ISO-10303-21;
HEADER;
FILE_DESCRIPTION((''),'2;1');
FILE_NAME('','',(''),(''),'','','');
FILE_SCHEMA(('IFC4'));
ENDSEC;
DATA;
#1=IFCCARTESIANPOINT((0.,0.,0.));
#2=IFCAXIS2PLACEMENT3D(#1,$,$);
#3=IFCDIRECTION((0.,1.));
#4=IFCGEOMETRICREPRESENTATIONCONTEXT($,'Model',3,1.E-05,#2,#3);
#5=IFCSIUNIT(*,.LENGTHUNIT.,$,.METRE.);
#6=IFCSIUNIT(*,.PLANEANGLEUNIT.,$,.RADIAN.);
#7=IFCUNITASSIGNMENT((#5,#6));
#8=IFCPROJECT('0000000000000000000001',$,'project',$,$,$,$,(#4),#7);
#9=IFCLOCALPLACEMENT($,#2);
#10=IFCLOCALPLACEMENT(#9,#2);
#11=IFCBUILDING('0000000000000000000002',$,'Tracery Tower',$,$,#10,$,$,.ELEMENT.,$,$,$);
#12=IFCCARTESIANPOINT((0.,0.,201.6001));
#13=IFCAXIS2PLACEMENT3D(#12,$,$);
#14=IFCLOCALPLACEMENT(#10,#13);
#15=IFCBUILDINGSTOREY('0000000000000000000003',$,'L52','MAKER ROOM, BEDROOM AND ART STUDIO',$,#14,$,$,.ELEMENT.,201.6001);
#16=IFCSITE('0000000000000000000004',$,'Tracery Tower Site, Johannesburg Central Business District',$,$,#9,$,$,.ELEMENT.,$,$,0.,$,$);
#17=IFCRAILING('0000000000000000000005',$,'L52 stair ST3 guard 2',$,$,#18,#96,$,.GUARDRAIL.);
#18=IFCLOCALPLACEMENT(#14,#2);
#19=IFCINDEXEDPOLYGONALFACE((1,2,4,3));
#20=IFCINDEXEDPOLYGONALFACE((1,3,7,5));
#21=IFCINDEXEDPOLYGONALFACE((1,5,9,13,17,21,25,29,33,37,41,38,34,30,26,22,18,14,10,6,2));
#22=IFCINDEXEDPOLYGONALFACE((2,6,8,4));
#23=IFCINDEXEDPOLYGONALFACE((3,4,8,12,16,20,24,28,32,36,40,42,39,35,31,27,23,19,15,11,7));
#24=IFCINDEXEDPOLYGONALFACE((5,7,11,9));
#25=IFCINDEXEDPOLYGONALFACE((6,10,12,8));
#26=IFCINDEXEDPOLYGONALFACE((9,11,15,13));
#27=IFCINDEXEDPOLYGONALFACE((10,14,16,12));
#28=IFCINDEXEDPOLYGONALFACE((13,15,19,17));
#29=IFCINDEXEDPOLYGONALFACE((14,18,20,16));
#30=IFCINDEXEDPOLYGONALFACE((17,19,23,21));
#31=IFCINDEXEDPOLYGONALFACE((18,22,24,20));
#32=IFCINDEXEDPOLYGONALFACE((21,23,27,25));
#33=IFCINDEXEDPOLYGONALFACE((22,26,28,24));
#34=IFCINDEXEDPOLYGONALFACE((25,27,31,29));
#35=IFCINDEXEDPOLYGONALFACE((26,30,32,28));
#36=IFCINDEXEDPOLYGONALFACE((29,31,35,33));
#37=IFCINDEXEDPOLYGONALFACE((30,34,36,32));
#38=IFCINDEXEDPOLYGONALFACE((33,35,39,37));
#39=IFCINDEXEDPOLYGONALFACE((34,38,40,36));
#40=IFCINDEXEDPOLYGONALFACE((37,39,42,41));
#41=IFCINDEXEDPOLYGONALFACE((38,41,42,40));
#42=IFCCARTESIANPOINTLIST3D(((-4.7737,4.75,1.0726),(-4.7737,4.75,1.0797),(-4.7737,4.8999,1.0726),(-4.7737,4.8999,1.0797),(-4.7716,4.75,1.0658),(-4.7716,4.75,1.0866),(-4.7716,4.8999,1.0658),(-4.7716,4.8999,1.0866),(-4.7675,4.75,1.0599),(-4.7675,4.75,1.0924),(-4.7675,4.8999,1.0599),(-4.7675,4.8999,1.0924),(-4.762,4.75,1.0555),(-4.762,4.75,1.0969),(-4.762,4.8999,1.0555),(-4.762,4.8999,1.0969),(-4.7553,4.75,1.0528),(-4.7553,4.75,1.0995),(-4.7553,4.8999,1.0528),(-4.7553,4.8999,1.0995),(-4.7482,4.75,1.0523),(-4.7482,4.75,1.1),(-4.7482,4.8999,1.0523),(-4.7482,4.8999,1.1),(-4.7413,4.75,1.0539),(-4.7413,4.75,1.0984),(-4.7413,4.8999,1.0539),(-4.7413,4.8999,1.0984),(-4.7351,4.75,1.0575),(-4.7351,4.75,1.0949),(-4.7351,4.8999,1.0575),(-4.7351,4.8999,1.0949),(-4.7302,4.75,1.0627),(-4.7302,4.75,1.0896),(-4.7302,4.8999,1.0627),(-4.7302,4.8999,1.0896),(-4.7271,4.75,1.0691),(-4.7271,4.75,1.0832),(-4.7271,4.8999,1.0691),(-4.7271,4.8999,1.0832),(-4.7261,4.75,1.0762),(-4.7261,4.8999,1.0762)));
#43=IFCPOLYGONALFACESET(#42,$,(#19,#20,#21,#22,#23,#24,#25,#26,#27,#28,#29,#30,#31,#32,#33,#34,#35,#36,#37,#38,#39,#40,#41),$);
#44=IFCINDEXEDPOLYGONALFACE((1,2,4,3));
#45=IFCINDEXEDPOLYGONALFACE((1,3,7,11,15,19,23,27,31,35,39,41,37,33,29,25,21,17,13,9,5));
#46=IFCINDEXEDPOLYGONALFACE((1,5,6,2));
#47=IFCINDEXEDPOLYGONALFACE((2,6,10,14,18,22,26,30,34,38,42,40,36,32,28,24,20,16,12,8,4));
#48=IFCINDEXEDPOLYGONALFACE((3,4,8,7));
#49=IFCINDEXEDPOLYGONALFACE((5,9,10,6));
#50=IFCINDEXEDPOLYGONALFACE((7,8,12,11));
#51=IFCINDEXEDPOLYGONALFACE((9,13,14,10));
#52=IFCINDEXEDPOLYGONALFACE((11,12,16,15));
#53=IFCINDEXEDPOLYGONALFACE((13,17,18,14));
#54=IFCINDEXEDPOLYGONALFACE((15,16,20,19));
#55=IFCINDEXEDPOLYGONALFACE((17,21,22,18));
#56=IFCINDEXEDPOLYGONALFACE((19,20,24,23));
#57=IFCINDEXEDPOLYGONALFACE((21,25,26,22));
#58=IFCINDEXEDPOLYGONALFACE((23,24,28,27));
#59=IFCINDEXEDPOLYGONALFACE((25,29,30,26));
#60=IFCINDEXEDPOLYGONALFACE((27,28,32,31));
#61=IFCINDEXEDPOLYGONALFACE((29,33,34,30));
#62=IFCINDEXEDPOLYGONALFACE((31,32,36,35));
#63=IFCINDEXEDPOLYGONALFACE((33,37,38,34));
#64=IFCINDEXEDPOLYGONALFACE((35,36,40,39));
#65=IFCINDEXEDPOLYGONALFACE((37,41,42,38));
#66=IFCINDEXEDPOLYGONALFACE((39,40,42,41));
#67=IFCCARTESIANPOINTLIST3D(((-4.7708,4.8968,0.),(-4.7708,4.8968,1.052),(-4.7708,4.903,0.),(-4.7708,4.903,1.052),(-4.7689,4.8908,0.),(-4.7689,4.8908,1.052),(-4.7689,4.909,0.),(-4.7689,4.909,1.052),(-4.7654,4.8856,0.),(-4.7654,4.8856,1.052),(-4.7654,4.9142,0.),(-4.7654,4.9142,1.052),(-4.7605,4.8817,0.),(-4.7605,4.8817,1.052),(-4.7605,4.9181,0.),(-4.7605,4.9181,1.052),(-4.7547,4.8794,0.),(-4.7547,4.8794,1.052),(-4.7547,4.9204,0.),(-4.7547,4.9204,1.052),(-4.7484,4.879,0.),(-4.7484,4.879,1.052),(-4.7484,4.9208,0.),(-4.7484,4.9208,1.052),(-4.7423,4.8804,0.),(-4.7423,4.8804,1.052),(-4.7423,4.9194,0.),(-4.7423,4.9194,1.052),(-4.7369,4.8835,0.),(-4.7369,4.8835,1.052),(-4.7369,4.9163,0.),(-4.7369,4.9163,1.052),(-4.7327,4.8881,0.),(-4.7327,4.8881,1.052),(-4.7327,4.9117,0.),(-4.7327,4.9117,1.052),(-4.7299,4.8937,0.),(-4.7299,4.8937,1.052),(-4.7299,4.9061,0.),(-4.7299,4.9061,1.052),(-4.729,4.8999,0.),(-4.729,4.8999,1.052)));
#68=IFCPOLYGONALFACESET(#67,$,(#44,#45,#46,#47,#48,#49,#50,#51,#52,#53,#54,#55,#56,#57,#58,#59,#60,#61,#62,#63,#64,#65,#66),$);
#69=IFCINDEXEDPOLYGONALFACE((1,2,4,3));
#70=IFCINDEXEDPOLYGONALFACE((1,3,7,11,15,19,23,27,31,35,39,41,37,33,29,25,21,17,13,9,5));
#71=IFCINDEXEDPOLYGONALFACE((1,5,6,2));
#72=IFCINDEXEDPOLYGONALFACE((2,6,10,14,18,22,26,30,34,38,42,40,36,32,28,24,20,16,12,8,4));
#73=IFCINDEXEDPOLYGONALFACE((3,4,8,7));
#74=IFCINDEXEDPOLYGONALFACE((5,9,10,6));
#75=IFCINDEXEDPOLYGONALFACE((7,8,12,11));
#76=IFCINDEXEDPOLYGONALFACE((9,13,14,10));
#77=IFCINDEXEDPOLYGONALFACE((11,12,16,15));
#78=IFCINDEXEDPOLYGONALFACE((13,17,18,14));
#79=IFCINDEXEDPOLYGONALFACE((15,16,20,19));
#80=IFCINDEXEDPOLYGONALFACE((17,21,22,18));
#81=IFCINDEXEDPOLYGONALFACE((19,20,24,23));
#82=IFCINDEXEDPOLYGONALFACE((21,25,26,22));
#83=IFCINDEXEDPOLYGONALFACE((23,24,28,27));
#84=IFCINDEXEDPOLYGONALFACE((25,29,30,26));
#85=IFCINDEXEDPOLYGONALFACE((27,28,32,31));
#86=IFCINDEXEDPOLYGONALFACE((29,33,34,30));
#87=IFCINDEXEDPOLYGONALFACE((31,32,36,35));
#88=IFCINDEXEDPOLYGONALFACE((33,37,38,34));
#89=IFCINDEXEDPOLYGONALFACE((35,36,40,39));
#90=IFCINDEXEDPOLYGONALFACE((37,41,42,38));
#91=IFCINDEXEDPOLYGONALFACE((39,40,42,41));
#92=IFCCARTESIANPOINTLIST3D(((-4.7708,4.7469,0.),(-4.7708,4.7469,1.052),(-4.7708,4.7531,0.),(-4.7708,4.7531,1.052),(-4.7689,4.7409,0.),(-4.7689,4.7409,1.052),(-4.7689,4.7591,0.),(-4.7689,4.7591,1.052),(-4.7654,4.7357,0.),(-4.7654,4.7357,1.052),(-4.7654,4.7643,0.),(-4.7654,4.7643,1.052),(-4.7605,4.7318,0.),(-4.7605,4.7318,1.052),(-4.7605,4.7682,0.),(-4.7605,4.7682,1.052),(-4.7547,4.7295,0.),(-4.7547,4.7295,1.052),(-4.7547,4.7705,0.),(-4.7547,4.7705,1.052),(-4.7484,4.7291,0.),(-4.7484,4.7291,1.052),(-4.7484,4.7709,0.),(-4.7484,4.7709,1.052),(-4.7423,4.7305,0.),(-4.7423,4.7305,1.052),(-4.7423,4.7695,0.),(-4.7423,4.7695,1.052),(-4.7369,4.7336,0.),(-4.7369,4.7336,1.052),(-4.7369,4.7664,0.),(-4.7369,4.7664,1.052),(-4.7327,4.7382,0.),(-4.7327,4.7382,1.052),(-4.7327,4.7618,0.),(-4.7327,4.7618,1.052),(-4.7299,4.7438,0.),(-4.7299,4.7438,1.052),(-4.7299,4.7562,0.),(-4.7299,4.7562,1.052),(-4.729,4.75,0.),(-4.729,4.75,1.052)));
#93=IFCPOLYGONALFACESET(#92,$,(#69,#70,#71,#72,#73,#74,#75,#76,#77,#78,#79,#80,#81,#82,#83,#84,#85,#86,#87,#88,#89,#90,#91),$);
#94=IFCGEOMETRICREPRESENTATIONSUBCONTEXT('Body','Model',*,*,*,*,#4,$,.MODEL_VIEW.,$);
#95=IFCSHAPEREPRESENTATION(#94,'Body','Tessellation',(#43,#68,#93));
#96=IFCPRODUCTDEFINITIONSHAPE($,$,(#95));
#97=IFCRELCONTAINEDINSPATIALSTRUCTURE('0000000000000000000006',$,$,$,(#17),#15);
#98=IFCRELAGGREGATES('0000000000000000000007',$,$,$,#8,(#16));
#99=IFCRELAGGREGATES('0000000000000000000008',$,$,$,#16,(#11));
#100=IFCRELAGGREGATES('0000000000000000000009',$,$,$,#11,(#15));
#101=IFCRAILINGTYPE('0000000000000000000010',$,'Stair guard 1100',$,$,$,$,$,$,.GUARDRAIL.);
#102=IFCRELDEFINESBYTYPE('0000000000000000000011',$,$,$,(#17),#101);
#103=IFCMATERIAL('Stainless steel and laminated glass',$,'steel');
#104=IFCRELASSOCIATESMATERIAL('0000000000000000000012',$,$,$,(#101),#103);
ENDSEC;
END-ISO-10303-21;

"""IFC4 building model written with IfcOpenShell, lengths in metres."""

from ifc_helpers import new_model, si_unit, direction, frame, origin, origin_2d, place, context, subcontext, project, spatial, circle, extrude, material, type_object, element, save


model = new_model("IFC4")

# Units and contexts
model_context = context("Model", 3, precision=1e-05, world=origin(), true_north=direction((0.0, 1.0)))
body_context = subcontext(model_context, "Body", "Model", "MODEL_VIEW")
ifc_project = project(units=[si_unit("LENGTHUNIT", "METRE"), si_unit("PLANEANGLEUNIT", "RADIAN")], contexts=[model_context])

# Site, building, storey
site_placement = place(None, origin())
site = spatial("IfcSite", under=ifc_project, at=site_placement, Name="Tracery Tower Site, Johannesburg Central Business District", CompositionType="ELEMENT", RefElevation=0.0)
building_placement = place(site_placement, origin())
building = spatial("IfcBuilding", under=site, at=building_placement, Name="Tracery Tower", CompositionType="ELEMENT")
storey_placement = place(building_placement, frame((0.0, 0.0, 201.6001)))
storey = spatial("IfcBuildingStorey", under=building, at=storey_placement, Name="L52", Description="MAKER ROOM, BEDROOM AND ART STUDIO", CompositionType="ELEMENT", Elevation=201.6001)

# Railing
ifc_material_1 = material(Name="Stainless steel and laminated glass", Category="steel")
railing_type_1 = type_object("IfcRailingType", Name="Stair guard 1100", PredefinedType="GUARDRAIL", material=ifc_material_1)
railing_1_placement = place(storey_placement, frame((-4.75, 4.8999, 0.0)))
element("IfcRailing", 1, at=railing_1_placement, inside=storey, type_object=railing_type_1, Name="L52 stair ST3 guard 2", PredefinedType="GUARDRAIL", context=body_context, shape_type="SweptSolid", body=[
    extrude(circle(Radius=0.0239, at=origin_2d()), frame((0.0, 0.0, 1.0762), z_axis=(0.0, -1.0, 0.0), x_axis=(1.0, 0.0, 0.0)), (0.0, 0.0, 1.0), 0.1499),
    extrude(circle(Radius=0.021, at=origin_2d()), origin(), (0.0, 0.0, 1.0), 1.052),
    extrude(circle(Radius=0.021, at=origin_2d()), frame((0.0, -0.1499, 0.0)), (0.0, 0.0, 1.0), 1.052),
])

save(model, "model.ifc")
